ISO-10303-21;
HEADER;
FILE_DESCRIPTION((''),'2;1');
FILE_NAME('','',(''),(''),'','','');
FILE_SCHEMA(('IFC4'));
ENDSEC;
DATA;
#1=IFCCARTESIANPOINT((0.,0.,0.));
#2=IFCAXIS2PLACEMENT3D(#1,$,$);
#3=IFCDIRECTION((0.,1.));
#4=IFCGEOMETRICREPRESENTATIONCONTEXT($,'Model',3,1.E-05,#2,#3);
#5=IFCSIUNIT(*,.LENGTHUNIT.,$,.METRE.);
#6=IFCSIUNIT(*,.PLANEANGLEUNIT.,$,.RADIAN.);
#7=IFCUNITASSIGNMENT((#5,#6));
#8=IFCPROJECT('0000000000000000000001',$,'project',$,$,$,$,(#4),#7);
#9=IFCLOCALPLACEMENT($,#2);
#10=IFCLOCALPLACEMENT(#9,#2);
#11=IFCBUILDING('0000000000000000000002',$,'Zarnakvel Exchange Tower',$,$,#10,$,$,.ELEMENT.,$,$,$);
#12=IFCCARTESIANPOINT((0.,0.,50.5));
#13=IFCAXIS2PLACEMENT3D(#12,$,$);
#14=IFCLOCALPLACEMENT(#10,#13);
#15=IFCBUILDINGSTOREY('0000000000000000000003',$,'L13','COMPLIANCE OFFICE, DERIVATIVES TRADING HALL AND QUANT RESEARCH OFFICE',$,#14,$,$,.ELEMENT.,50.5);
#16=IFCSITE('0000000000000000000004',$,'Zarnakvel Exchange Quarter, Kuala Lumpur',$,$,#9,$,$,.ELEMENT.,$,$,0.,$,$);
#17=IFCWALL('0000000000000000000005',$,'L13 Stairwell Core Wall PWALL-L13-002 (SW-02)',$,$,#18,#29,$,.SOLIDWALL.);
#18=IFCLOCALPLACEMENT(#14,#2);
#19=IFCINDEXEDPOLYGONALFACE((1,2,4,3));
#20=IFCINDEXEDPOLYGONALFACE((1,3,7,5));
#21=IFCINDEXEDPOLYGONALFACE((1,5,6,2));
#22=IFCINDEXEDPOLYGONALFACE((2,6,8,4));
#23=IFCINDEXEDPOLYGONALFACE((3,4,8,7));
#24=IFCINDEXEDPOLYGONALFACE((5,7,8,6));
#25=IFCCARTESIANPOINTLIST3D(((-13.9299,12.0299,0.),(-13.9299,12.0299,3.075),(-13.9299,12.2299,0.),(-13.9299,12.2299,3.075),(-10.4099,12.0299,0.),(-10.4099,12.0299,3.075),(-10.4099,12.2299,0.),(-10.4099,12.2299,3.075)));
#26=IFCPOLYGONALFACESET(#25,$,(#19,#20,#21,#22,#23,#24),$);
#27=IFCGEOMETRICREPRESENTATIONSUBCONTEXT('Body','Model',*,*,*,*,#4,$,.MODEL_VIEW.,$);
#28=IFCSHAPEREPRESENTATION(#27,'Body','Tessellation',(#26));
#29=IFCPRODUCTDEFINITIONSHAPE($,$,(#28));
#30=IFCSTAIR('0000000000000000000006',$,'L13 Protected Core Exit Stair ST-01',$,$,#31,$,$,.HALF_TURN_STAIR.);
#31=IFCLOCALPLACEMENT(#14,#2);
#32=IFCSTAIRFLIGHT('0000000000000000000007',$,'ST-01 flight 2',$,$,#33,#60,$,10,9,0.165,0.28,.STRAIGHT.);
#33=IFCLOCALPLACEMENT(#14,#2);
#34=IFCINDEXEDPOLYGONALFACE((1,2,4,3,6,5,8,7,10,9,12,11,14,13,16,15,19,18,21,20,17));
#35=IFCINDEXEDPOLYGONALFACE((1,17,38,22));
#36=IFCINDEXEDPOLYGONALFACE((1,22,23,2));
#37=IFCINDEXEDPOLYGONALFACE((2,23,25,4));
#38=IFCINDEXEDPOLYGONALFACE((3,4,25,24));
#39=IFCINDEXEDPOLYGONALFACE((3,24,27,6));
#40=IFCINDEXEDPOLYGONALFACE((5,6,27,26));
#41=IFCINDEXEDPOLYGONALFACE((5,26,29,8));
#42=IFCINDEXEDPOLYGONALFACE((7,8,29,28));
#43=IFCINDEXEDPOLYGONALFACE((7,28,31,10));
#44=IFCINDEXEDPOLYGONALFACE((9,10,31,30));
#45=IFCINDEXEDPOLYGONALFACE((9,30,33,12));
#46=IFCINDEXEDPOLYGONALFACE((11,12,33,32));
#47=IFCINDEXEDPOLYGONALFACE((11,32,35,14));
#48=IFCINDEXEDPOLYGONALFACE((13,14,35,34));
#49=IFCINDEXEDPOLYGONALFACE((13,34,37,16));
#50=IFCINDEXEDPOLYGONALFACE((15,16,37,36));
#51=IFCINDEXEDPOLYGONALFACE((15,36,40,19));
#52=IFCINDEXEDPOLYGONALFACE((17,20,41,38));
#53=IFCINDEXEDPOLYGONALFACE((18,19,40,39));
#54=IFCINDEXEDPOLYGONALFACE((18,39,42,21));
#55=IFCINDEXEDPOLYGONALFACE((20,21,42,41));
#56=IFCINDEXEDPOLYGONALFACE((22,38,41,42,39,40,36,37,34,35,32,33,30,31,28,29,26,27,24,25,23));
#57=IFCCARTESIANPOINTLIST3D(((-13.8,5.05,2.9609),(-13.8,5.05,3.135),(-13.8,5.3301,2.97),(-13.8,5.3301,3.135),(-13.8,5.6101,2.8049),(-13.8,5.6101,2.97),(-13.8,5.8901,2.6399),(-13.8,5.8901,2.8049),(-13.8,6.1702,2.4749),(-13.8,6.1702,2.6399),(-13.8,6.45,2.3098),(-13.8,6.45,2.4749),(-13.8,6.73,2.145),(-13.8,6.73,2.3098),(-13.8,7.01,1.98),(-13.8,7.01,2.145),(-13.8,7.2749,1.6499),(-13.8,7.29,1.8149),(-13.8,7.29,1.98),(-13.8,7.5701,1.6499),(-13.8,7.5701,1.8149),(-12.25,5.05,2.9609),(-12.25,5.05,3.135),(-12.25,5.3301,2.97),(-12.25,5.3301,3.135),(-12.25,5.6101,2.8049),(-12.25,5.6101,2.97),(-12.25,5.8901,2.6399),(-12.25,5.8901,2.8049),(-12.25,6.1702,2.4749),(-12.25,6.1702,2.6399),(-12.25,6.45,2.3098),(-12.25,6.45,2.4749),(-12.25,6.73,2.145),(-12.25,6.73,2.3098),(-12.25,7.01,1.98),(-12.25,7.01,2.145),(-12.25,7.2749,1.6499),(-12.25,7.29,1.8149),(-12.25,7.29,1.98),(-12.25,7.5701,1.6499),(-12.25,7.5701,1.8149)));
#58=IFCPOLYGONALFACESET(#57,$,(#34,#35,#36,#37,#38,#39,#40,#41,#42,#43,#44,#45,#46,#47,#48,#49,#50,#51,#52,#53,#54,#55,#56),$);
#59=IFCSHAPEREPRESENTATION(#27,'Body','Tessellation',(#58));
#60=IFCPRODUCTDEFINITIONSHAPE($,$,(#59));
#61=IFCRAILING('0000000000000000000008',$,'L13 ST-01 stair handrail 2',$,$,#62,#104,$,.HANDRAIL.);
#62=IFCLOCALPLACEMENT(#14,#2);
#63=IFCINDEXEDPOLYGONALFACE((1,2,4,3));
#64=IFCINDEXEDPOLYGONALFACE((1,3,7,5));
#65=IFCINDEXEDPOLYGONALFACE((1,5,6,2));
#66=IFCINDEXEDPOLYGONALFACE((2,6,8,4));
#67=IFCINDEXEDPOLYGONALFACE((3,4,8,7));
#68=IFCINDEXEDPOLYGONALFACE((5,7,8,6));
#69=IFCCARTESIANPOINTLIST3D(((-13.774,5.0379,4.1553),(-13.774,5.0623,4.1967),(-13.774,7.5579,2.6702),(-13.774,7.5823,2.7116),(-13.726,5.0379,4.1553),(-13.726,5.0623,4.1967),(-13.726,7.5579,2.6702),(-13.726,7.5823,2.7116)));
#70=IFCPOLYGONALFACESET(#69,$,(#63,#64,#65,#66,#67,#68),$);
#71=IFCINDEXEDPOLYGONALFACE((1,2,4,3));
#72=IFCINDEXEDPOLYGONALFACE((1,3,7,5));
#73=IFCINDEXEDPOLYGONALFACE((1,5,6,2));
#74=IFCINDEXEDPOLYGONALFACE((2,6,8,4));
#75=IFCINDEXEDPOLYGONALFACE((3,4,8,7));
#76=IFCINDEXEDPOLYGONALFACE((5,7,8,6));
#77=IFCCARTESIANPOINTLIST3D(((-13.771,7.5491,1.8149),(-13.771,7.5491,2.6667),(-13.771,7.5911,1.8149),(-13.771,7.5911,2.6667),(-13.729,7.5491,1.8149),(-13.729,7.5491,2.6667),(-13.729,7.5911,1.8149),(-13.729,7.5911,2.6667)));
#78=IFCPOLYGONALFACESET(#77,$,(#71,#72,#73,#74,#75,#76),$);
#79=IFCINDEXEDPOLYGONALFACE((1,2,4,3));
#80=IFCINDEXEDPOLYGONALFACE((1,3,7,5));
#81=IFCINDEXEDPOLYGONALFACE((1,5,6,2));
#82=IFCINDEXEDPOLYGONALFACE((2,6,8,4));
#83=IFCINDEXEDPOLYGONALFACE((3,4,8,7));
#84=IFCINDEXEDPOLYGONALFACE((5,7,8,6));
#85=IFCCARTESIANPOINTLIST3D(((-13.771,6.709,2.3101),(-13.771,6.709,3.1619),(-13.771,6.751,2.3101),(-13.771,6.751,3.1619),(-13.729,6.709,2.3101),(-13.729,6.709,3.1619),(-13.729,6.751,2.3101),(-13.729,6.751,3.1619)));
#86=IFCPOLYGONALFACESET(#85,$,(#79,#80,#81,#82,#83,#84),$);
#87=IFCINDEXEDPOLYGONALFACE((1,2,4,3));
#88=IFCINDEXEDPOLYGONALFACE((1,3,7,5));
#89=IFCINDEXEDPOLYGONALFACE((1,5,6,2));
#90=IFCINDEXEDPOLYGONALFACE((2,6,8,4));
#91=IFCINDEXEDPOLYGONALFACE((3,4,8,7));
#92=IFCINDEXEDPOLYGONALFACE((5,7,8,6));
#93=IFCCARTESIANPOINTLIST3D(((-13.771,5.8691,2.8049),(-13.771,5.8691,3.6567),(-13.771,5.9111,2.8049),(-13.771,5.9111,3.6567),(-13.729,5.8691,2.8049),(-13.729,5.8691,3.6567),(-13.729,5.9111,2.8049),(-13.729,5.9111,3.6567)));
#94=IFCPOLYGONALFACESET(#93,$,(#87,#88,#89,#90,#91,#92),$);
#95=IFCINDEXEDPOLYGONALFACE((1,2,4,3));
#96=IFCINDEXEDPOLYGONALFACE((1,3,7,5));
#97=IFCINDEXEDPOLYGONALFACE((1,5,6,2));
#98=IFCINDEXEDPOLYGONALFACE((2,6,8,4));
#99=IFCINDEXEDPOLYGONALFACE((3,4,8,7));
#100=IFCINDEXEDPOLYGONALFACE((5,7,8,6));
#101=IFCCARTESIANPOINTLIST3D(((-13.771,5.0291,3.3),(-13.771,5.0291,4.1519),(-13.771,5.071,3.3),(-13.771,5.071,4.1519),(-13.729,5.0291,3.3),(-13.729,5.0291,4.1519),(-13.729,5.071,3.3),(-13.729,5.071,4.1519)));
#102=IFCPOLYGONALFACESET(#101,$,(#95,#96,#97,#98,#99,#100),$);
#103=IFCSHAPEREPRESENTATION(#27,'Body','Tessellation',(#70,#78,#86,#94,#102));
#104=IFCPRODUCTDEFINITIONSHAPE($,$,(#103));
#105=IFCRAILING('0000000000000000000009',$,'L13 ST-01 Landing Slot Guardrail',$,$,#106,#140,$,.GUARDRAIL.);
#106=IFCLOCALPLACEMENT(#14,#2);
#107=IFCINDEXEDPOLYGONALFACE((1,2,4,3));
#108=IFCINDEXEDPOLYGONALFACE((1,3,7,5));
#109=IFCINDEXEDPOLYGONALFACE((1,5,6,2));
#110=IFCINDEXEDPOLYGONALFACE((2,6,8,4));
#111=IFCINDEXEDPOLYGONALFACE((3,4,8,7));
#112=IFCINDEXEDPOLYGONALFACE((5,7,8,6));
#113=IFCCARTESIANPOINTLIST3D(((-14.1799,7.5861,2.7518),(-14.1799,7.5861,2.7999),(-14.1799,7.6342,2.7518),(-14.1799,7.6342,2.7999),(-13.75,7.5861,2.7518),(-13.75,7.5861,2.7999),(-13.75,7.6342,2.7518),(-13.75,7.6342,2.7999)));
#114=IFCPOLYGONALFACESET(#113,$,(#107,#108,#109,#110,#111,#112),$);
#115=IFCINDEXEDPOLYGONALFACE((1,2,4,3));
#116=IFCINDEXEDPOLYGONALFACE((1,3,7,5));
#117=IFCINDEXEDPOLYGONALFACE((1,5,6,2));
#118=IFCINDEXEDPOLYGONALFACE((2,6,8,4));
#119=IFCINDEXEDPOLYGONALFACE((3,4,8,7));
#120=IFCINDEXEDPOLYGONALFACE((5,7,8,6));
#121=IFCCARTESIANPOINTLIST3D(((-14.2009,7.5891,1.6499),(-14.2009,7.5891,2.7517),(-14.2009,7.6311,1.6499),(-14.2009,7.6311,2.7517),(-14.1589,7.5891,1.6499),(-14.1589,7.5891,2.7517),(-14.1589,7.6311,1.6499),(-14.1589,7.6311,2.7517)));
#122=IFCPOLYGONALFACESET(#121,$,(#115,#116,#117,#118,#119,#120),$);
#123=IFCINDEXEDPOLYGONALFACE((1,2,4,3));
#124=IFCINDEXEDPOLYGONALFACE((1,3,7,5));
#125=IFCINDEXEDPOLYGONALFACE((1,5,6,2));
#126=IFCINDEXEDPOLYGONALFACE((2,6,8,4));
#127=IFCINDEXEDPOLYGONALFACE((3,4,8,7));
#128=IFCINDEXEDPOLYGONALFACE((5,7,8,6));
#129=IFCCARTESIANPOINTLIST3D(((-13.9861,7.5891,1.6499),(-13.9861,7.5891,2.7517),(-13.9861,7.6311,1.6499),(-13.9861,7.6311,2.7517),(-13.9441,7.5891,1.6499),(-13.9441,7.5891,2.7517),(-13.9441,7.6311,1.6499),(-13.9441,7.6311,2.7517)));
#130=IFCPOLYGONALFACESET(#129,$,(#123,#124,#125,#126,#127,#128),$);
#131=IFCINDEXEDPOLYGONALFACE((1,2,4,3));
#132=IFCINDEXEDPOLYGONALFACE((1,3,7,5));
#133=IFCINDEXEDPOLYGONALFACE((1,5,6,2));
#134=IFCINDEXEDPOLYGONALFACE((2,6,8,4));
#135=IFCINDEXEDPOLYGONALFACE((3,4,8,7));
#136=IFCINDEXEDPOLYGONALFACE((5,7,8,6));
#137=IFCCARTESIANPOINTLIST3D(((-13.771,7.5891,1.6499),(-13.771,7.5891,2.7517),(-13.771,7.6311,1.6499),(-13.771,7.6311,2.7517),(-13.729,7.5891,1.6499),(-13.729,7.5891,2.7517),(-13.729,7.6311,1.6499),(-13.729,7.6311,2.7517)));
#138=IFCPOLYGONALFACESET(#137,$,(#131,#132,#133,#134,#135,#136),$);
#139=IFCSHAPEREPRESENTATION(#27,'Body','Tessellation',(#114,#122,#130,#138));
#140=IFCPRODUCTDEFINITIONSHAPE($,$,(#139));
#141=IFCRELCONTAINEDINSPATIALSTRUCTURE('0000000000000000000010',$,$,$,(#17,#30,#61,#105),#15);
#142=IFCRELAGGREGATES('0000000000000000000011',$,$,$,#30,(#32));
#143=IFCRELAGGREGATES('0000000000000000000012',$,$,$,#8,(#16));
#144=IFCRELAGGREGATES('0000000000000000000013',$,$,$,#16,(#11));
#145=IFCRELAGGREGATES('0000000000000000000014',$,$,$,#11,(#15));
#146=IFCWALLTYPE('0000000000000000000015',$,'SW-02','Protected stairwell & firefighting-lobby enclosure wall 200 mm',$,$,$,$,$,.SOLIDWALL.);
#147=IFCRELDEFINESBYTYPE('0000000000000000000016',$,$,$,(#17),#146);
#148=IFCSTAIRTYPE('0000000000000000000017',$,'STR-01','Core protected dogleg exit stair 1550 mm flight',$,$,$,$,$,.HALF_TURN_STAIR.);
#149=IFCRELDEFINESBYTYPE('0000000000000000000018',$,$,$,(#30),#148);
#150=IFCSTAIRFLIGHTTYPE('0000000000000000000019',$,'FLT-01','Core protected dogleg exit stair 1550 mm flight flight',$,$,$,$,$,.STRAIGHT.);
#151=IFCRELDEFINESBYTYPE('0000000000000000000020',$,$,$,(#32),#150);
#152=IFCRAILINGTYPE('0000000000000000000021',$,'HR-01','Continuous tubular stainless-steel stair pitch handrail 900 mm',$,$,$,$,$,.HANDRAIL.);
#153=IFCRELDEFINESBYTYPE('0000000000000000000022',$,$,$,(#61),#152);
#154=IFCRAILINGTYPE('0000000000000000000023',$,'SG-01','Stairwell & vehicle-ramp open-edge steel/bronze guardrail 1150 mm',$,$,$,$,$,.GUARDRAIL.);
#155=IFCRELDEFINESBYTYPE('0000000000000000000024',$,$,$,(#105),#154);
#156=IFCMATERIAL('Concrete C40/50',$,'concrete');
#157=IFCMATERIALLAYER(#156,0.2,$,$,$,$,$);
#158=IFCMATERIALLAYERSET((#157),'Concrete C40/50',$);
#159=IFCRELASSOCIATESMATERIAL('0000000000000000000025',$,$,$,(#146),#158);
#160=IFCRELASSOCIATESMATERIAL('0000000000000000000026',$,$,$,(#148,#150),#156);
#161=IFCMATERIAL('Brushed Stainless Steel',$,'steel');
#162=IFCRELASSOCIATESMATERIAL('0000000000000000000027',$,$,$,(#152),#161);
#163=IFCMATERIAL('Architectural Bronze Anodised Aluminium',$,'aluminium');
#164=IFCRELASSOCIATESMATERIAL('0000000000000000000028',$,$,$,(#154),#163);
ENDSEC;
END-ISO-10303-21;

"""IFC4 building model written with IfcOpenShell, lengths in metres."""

from ifc_helpers import new_model, si_unit, direction, frame, frame_2d, origin, origin_2d, place, context, subcontext, project, spatial, polyline, rectangle, outline, extrude, material, layer, layer_set, type_object, element, aggregate, save


model = new_model("IFC4")

# Units and contexts
model_context = context("Model", 3, precision=1e-05, world=origin(), true_north=direction((0.0, 1.0)))
body_context = subcontext(model_context, "Body", "Model", "MODEL_VIEW")
ifc_project = project(units=[si_unit("LENGTHUNIT", "METRE"), si_unit("PLANEANGLEUNIT", "RADIAN")], contexts=[model_context])

# Site, building, storey
site_placement = place(None, origin())
site = spatial("IfcSite", under=ifc_project, at=site_placement, Name="Zarnakvel Exchange Quarter, Kuala Lumpur", CompositionType="ELEMENT", RefElevation=0.0)
building_placement = place(site_placement, origin())
building = spatial("IfcBuilding", under=site, at=building_placement, Name="Zarnakvel Exchange Tower", CompositionType="ELEMENT")
storey_placement = place(building_placement, frame((0.0, 0.0, 50.5)))
storey = spatial("IfcBuildingStorey", under=building, at=storey_placement, Name="L13", Description="COMPLIANCE OFFICE, DERIVATIVES TRADING HALL AND QUANT RESEARCH OFFICE", CompositionType="ELEMENT", Elevation=50.5)

# Shared definitions
ifc_material_1 = material(Name="Architectural Bronze Anodised Aluminium", Category="aluminium")

# Wall
ifc_material_2 = material(Name="Concrete C40/50", Category="concrete")
ifc_layer_1 = layer(ifc_material_2, 0.2)
ifc_layer_set_1 = layer_set([ifc_layer_1], Name="Concrete C40/50")
wall_type_1 = type_object("IfcWallType", Name="SW-02", Description="Protected stairwell & firefighting-lobby enclosure wall 200 mm", PredefinedType="SOLIDWALL", material=ifc_layer_set_1)
wall_1_placement = place(storey_placement, frame((-13.9299, 12.1299, 0.0), z_axis=(0.0, 0.0, 1.0), x_axis=(1.0, 0.0, 0.0)))
element("IfcWall", 1, at=wall_1_placement, inside=storey, type_object=wall_type_1, Name="L13 Stairwell Core Wall PWALL-L13-002 (SW-02)", PredefinedType="SOLIDWALL", context=body_context, shape_type="SweptSolid", body=[
    extrude(rectangle(XDim=3.52, YDim=0.2, at=frame_2d((1.76, 0.0))), origin(), (0.0, 0.0, 1.0), 3.075),
])

# Stair, stair flight
stair_type = type_object("IfcStairType", Name="STR-01", Description="Core protected dogleg exit stair 1550 mm flight", PredefinedType="HALF_TURN_STAIR", material=ifc_material_2)
stair_placement = place(storey_placement, origin())
stair = element("IfcStair", 2, at=stair_placement, inside=storey, type_object=stair_type, Name="L13 Protected Core Exit Stair ST-01", PredefinedType="HALF_TURN_STAIR")
stair_flight_type = type_object("IfcStairFlightType", Name="FLT-01", Description="Core protected dogleg exit stair 1550 mm flight flight", PredefinedType="STRAIGHT", material=ifc_material_2)
stair_flight_placement = place(storey_placement, frame((-13.0249, 7.5701, 1.6499), z_axis=(0.0, 0.0, 1.0), x_axis=(0.0, -1.0, 0.0)))
stair_flight = element("IfcStairFlight", 3, at=stair_flight_placement, type_object=stair_flight_type, Name="ST-01 flight 2", NumberOfRisers=10, NumberOfTreads=9, PredefinedType="STRAIGHT", RiserHeight=0.165, TreadLength=0.28, context=body_context, shape_type="SweptSolid", body=[
    extrude(outline(polyline([(0.0, 0.0), (0.0, 0.165), (0.28, 0.165), (0.28, 0.3301), (0.5601, 0.3301), (0.5601, 0.4951), (0.8401, 0.4951), (0.8401, 0.6599), (1.1201, 0.6599), (1.1201, 0.825), (1.3999, 0.825), (1.3999, 0.99), (1.6799, 0.99), (1.6799, 1.155), (1.96, 1.155), (1.96, 1.3201), (2.24, 1.3201), (2.24, 1.4851), (2.52, 1.4851), (2.52, 1.6499), (2.52, 1.311), (0.2952, 0.0), (0.0, 0.0)])), frame((0.0, 0.7749, 0.0), z_axis=(0.0, -1.0, 0.0), x_axis=(1.0, 0.0, 0.0)), (0.0, 0.0, 1.0), 1.55),
])
aggregate(stair, [stair_flight])

# Railings
ifc_material_3 = material(Name="Brushed Stainless Steel", Category="steel")
railing_type_1 = type_object("IfcRailingType", Name="HR-01", Description="Continuous tubular stainless-steel stair pitch handrail 900 mm", PredefinedType="HANDRAIL", material=ifc_material_3)
railing_1_placement = place(storey_placement, frame((-13.75, 7.5701, 1.8149)))
element("IfcRailing", 4, at=railing_1_placement, inside=storey, type_object=railing_type_1, Name="L13 ST-01 stair handrail 2", PredefinedType="HANDRAIL", context=body_context, shape_type="SweptSolid", body=[
    extrude(rectangle(XDim=0.0481, YDim=0.0481, at=origin_2d()), frame((0.0, 0.0, 0.876), z_axis=(0.0, -0.861524, 0.507717), x_axis=(1.0, 0.0, 0.0)), (0.0, 0.0, 1.0), 2.925),
    extrude(rectangle(XDim=0.042, YDim=0.042, at=origin_2d()), origin(), (0.0, 0.0, 1.0), 0.8518),
    extrude(rectangle(XDim=0.042, YDim=0.042, at=origin_2d()), frame((0.0, -0.8401, 0.4951)), (0.0, 0.0, 1.0), 0.8518),
    extrude(rectangle(XDim=0.042, YDim=0.042, at=origin_2d()), frame((0.0, -1.6799, 0.99)), (0.0, 0.0, 1.0), 0.8518),
    extrude(rectangle(XDim=0.042, YDim=0.042, at=origin_2d()), frame((0.0, -2.52, 1.4851)), (0.0, 0.0, 1.0), 0.8518),
])
railing_type_2 = type_object("IfcRailingType", Name="SG-01", Description="Stairwell & vehicle-ramp open-edge steel/bronze guardrail 1150 mm", PredefinedType="GUARDRAIL", material=ifc_material_1)
railing_2_placement = place(storey_placement, frame((-14.1799, 7.6101, 1.6499)))
element("IfcRailing", 5, at=railing_2_placement, inside=storey, type_object=railing_type_2, Name="L13 ST-01 Landing Slot Guardrail", PredefinedType="GUARDRAIL", context=body_context, shape_type="SweptSolid", body=[
    extrude(rectangle(XDim=0.0481, YDim=0.0481, at=origin_2d()), frame((0.0, 0.0, 1.126), z_axis=(1.0, 0.0, 0.0), x_axis=(0.0, 1.0, 0.0)), (0.0, 0.0, 1.0), 0.4299),
    extrude(rectangle(XDim=0.042, YDim=0.042, at=origin_2d()), origin(), (0.0, 0.0, 1.0), 1.1018),
    extrude(rectangle(XDim=0.042, YDim=0.042, at=origin_2d()), frame((0.2148, 0.0, 0.0)), (0.0, 0.0, 1.0), 1.1018),
    extrude(rectangle(XDim=0.042, YDim=0.042, at=origin_2d()), frame((0.4299, 0.0, 0.0)), (0.0, 0.0, 1.0), 1.1018),
])

save(model, "model.ifc")
